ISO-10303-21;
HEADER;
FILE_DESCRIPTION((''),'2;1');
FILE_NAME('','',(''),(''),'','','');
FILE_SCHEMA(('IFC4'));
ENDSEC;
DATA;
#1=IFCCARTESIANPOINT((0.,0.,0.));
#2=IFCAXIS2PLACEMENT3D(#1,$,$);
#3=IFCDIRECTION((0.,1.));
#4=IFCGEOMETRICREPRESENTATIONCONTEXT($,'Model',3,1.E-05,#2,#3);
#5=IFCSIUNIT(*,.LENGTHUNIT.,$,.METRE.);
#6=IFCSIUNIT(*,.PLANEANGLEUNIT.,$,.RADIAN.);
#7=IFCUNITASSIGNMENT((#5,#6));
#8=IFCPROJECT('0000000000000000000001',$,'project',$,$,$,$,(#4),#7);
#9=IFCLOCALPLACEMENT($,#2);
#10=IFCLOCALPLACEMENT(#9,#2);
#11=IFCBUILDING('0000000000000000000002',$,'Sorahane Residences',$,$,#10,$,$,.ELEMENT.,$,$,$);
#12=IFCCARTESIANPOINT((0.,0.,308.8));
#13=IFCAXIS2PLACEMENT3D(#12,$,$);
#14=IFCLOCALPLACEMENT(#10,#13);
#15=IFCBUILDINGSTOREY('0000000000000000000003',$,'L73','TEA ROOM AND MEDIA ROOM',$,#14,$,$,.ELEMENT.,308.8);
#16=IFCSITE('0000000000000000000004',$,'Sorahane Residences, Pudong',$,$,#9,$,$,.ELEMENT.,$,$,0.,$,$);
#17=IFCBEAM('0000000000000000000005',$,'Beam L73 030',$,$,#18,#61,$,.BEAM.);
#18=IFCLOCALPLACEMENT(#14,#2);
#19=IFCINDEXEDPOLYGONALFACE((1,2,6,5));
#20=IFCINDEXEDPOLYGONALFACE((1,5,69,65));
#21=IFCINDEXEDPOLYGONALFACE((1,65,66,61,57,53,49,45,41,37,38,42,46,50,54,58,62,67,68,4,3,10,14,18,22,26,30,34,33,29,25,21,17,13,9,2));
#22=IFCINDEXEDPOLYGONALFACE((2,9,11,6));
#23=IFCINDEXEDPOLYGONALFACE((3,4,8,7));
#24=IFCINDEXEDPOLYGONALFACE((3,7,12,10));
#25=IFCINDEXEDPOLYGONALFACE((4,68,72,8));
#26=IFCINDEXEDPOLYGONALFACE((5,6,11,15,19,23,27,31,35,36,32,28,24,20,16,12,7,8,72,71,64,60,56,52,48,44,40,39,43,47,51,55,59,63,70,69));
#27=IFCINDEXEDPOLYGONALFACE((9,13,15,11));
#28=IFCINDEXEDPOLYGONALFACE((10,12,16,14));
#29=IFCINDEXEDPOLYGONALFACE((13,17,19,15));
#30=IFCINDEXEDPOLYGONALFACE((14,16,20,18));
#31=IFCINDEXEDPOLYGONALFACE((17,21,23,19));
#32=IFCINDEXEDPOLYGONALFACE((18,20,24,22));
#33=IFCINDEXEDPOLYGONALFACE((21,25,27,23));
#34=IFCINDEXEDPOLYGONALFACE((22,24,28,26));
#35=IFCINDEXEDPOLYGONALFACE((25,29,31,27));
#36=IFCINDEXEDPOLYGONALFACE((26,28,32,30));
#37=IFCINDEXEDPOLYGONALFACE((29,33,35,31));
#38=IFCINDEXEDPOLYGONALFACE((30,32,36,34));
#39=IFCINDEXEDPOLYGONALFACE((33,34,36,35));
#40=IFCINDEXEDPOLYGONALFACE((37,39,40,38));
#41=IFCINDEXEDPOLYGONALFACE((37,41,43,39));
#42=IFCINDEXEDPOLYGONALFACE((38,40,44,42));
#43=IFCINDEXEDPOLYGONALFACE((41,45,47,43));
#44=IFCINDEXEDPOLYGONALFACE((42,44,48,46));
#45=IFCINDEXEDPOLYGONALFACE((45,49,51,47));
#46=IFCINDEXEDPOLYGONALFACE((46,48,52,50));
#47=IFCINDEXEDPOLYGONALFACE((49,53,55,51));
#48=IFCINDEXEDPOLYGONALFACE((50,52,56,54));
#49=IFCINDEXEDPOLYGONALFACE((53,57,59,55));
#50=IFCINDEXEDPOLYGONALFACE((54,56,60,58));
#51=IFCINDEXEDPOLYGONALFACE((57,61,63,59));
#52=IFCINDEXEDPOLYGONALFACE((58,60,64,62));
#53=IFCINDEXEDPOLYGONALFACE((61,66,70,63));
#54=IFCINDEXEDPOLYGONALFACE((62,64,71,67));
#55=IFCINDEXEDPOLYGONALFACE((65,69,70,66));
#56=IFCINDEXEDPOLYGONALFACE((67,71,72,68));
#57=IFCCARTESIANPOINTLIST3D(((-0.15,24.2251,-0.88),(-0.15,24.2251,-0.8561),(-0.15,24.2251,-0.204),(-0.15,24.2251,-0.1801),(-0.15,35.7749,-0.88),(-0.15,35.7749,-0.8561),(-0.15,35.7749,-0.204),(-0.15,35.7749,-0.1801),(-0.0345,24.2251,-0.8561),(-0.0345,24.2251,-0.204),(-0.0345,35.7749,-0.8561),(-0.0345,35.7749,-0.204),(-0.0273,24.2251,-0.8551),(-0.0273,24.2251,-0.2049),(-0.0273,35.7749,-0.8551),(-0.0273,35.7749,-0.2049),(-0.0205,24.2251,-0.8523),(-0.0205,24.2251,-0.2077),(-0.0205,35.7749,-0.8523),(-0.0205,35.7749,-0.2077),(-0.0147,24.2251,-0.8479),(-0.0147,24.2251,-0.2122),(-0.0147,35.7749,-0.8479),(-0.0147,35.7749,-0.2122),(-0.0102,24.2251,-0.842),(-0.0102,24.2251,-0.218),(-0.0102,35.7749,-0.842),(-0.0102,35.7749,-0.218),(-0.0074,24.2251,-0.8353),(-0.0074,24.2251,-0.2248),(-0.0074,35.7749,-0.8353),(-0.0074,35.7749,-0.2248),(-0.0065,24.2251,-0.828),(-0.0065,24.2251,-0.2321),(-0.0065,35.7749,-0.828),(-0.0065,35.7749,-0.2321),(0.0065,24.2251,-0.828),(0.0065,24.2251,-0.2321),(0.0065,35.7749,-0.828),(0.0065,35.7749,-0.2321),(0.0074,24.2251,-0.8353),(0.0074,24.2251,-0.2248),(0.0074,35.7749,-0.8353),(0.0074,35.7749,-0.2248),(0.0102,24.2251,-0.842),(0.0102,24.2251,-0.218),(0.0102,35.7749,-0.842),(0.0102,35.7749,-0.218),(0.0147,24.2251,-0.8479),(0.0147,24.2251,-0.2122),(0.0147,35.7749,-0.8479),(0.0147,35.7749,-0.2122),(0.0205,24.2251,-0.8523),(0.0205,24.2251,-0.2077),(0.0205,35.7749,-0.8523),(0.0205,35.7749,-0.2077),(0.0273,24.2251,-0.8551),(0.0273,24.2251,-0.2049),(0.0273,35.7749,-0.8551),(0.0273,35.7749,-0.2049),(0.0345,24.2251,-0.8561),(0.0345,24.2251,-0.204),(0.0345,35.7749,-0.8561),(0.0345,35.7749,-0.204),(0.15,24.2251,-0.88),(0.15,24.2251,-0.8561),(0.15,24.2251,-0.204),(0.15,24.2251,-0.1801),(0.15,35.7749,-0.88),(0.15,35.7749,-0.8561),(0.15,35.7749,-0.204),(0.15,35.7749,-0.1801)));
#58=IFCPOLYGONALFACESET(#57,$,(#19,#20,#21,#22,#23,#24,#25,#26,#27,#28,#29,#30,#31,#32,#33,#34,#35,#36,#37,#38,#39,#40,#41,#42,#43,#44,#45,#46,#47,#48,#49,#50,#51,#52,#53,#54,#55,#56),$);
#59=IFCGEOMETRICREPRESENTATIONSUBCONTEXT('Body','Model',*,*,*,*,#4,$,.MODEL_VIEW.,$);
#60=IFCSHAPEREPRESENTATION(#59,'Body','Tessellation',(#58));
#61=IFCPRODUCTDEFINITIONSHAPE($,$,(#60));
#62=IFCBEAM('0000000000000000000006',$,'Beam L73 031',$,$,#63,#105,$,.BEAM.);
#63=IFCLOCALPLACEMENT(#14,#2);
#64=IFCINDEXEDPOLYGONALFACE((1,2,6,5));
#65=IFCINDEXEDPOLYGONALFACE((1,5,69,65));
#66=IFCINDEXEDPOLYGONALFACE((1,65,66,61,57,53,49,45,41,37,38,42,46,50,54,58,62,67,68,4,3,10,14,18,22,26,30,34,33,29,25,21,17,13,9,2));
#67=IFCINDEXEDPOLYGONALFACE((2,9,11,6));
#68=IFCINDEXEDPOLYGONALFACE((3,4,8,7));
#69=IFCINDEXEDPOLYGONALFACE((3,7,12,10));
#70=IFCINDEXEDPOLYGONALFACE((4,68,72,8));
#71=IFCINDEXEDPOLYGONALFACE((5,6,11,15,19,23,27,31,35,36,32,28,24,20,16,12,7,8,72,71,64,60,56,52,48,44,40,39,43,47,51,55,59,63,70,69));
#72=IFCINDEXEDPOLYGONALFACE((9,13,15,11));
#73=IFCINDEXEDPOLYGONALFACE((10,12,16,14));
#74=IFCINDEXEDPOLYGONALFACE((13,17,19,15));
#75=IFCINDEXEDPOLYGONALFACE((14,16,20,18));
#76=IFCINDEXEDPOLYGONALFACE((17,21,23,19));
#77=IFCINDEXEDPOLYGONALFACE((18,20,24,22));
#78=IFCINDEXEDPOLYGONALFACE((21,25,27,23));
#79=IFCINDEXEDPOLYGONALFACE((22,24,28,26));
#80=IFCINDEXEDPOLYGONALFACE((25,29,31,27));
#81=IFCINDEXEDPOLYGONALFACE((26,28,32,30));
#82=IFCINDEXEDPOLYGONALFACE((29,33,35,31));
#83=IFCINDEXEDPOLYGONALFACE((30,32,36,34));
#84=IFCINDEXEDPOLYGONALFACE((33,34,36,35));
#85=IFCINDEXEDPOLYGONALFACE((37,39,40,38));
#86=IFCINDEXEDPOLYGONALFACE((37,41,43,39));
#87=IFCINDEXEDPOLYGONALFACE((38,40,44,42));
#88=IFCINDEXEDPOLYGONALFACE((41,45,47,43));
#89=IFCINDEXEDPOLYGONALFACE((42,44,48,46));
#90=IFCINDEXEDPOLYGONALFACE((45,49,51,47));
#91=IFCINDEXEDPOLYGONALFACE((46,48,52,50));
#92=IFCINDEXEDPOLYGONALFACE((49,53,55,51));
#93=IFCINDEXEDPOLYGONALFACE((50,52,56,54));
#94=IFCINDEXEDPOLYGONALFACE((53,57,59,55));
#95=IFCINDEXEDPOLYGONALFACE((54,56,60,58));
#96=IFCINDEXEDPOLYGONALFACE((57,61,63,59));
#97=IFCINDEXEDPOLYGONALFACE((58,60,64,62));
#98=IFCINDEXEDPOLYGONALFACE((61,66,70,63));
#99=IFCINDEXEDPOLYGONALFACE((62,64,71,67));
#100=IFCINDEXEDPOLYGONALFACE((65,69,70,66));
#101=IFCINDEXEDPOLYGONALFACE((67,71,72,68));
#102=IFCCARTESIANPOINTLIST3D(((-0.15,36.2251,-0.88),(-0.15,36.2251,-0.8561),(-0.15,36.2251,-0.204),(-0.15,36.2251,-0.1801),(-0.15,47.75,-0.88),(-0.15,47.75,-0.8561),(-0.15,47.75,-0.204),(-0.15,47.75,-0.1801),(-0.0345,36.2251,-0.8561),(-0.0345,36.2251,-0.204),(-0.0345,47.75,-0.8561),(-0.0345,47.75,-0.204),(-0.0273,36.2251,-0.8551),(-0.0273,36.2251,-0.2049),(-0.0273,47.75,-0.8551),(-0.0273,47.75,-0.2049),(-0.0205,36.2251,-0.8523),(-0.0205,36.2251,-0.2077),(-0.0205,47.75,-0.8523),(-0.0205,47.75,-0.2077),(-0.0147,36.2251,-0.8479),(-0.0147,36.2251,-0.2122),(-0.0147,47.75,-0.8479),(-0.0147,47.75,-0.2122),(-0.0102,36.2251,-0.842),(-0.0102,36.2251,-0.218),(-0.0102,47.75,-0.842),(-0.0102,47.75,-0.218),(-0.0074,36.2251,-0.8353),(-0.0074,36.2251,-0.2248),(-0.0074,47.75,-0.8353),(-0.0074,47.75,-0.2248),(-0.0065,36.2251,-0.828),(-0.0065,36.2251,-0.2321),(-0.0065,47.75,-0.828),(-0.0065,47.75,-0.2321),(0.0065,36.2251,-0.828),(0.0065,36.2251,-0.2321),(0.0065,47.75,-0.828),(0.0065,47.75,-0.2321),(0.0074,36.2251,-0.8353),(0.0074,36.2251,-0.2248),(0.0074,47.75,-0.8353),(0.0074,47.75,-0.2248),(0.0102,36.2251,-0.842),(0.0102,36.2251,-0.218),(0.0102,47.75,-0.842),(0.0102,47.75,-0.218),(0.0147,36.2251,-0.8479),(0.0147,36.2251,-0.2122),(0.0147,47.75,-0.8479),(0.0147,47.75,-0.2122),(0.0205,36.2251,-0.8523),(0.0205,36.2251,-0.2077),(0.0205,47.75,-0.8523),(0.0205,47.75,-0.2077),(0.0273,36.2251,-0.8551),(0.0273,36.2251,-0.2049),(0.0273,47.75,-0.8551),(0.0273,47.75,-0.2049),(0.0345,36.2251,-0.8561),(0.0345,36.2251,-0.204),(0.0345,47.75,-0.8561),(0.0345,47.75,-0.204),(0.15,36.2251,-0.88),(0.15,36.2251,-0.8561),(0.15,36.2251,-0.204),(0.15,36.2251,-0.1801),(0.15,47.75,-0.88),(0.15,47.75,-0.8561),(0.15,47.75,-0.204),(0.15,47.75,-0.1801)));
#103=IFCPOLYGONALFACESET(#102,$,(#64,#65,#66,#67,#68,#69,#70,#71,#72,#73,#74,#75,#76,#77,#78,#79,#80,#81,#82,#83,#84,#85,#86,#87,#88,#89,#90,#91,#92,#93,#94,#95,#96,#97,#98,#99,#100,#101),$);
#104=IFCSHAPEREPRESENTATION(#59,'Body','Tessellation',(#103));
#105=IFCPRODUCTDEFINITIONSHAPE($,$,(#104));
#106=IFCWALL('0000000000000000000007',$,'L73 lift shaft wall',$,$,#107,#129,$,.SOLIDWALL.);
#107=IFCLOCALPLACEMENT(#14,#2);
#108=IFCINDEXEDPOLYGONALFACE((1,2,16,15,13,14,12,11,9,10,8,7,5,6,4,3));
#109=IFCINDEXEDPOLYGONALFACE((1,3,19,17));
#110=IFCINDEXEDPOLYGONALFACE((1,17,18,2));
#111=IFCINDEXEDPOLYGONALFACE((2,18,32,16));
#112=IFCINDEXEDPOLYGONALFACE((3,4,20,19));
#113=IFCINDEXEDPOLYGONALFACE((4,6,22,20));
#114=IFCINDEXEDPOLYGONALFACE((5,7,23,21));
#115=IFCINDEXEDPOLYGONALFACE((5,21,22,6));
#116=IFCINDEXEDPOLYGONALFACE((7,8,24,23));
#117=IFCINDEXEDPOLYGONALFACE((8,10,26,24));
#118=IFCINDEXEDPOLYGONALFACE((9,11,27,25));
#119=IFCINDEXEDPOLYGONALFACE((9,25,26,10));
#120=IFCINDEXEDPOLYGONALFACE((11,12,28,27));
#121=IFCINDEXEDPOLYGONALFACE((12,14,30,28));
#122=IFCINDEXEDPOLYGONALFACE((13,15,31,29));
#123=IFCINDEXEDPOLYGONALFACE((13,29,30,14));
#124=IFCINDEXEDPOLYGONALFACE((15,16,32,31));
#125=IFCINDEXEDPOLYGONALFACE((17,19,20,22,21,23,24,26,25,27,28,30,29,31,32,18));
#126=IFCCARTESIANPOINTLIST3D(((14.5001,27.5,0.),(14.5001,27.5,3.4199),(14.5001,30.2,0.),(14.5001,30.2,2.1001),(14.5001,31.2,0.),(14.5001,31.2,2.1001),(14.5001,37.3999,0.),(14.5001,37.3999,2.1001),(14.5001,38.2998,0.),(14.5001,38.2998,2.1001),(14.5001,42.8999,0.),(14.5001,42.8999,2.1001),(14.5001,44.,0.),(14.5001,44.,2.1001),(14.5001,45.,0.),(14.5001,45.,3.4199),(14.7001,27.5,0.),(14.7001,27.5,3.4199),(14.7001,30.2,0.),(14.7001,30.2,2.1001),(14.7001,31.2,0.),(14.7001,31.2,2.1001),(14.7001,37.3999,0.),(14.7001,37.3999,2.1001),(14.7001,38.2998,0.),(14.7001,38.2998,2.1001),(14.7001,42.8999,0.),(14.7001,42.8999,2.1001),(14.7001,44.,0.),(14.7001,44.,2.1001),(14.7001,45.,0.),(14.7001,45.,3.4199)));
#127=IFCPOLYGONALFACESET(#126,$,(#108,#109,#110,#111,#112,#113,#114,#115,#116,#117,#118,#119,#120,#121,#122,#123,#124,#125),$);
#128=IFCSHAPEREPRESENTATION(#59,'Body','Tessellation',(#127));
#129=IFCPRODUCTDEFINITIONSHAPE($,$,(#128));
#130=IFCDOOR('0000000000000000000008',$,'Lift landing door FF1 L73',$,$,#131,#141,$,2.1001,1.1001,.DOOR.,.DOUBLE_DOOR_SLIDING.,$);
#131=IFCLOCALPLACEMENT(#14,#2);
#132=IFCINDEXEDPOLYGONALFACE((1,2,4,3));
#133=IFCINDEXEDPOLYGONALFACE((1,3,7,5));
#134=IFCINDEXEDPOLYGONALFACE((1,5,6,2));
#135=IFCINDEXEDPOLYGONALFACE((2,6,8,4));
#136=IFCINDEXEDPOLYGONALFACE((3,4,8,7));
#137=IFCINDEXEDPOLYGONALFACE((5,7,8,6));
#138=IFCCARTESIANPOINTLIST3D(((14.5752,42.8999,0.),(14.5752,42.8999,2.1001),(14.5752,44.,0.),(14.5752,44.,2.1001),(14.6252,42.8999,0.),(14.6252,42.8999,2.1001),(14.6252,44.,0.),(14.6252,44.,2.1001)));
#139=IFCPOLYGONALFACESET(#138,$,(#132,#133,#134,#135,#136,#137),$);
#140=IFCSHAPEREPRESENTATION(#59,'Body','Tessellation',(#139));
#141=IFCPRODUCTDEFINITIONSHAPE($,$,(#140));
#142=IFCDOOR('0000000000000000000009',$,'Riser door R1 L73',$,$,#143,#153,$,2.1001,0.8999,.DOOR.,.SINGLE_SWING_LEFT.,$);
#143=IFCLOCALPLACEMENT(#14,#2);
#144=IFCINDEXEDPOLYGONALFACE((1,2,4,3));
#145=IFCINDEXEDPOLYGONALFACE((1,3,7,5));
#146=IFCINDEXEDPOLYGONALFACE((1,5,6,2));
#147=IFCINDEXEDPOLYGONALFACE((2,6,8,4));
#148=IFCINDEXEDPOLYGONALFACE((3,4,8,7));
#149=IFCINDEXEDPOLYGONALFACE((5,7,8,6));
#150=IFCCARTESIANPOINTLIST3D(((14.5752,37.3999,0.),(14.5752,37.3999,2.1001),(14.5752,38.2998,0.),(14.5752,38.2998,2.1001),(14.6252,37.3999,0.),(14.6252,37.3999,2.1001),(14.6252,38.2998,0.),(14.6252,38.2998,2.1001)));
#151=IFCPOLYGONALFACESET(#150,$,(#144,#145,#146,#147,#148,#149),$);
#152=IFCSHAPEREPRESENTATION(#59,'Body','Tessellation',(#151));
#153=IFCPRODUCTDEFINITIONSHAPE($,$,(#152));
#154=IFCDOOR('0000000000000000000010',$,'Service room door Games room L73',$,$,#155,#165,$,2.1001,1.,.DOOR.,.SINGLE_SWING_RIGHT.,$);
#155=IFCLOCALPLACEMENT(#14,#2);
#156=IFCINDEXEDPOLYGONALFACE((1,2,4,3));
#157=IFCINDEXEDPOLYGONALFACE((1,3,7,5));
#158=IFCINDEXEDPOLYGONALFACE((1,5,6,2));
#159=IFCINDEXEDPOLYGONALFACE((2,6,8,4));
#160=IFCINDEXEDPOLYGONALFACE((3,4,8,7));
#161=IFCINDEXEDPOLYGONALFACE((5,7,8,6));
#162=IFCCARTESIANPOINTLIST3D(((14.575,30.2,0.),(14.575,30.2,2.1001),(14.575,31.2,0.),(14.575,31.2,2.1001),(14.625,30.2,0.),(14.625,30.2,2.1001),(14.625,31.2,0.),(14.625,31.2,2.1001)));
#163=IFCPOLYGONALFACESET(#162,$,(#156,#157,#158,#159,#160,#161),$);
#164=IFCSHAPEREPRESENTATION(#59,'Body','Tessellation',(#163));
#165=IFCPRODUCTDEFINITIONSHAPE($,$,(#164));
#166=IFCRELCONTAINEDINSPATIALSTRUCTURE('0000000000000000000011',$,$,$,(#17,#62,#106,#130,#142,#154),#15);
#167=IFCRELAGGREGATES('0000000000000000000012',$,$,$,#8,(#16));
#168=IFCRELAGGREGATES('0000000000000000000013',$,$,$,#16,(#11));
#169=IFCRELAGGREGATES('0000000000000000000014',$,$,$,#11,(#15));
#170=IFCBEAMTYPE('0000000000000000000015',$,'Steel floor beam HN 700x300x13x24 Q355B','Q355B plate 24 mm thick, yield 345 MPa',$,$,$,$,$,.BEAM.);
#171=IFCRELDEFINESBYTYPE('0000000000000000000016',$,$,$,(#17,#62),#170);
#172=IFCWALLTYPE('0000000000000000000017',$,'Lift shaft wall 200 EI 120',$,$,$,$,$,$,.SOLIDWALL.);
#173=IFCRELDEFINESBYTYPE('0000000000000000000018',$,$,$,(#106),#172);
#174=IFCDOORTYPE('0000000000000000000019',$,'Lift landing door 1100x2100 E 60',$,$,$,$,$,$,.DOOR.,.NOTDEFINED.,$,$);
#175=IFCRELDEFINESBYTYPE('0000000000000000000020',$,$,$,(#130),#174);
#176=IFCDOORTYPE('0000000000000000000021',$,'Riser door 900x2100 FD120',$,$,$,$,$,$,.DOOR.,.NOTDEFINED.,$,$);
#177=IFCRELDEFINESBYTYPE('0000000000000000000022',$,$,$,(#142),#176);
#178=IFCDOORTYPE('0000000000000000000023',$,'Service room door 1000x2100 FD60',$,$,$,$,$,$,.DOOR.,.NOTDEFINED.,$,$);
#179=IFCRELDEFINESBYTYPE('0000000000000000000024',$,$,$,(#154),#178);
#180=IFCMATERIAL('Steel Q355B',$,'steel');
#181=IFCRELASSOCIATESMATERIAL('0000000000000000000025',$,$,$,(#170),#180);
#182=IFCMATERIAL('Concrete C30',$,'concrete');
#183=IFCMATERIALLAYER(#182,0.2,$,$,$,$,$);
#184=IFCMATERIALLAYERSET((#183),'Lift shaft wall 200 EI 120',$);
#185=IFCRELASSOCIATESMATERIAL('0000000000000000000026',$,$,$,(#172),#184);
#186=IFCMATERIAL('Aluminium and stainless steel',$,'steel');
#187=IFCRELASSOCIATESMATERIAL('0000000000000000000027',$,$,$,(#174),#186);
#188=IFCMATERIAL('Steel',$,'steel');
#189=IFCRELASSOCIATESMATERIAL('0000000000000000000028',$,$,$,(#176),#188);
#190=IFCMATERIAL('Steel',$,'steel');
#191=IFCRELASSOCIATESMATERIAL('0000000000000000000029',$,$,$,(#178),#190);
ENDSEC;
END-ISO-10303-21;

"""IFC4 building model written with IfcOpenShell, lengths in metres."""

from ifc_helpers import new_model, si_unit, direction, frame, frame_2d, origin, origin_2d, place, context, subcontext, project, spatial, rectangle, i_section, extrude, material, layer, layer_set, material_profile, profile_set, type_object, element, fill, save


model = new_model("IFC4")

# Units and contexts
model_context = context("Model", 3, precision=1e-05, world=origin(), true_north=direction((0.0, 1.0)))
body_context = subcontext(model_context, "Body", "Model", "MODEL_VIEW")
ifc_project = project(units=[si_unit("LENGTHUNIT", "METRE"), si_unit("PLANEANGLEUNIT", "RADIAN")], contexts=[model_context])

# Site, building, storey
site_placement = place(None, origin())
site = spatial("IfcSite", under=ifc_project, at=site_placement, Name="Sorahane Residences, Pudong", CompositionType="ELEMENT", RefElevation=0.0)
building_placement = place(site_placement, origin())
building = spatial("IfcBuilding", under=site, at=building_placement, Name="Sorahane Residences", CompositionType="ELEMENT")
storey_placement = place(building_placement, frame((0.0, 0.0, 308.8)))
storey = spatial("IfcBuildingStorey", under=building, at=storey_placement, Name="L73", Description="TEA ROOM AND MEDIA ROOM", CompositionType="ELEMENT", Elevation=308.8)

# Beams
ifc_material_1 = material(Name="Steel Q355B", Category="steel")
ifc_material_profile_1 = material_profile(ifc_material_1, i_section(OverallWidth=0.3, OverallDepth=0.7, WebThickness=0.0129, FlangeThickness=0.0239, FilletRadius=0.0281, at=origin_2d()), Name="HN 700x300x13x24")
ifc_profile_set_1 = profile_set([ifc_material_profile_1], Name="Steel Q355B")
beam_type_1 = type_object("IfcBeamType", Name="Steel floor beam HN 700x300x13x24 Q355B", Description="Q355B plate 24 mm thick, yield 345 MPa", PredefinedType="BEAM", material=ifc_profile_set_1)
beam_1_placement = place(storey_placement, frame((0.0, 24.2251, -0.53), z_axis=(0.0, 1.0, 0.0), x_axis=(-1.0, 0.0, 0.0)))
element("IfcBeam", 1, at=beam_1_placement, inside=storey, type_object=beam_type_1, Name="Beam L73 030", PredefinedType="BEAM", context=body_context, shape_type="SweptSolid", body=[
    extrude(i_section(OverallWidth=0.3, OverallDepth=0.7, WebThickness=0.0129, FlangeThickness=0.0239, FilletRadius=0.0281, at=origin_2d()), origin(), (0.0, 0.0, 1.0), 11.5498),
])
beam_2_placement = place(storey_placement, frame((0.0, 36.2251, -0.53), z_axis=(0.0, 1.0, 0.0), x_axis=(-1.0, 0.0, 0.0)))
element("IfcBeam", 2, at=beam_2_placement, inside=storey, type_object=beam_type_1, Name="Beam L73 031", PredefinedType="BEAM", context=body_context, shape_type="SweptSolid", body=[
    extrude(i_section(OverallWidth=0.3, OverallDepth=0.7, WebThickness=0.0129, FlangeThickness=0.0239, FilletRadius=0.0281, at=origin_2d()), origin(), (0.0, 0.0, 1.0), 11.5249),
])

# Wall, openings, doors
ifc_material_2 = material(Name="Concrete C30", Category="concrete")
ifc_layer_1 = layer(ifc_material_2, 0.2)
ifc_layer_set_1 = layer_set([ifc_layer_1], Name="Lift shaft wall 200 EI 120")
wall_type_1 = type_object("IfcWallType", Name="Lift shaft wall 200 EI 120", PredefinedType="SOLIDWALL", material=ifc_layer_set_1)
wall_1_placement = place(storey_placement, frame((14.6001, 27.5, 0.0), z_axis=(0.0, 0.0, 1.0), x_axis=(0.0, 1.0, 0.0)))
wall_1 = element("IfcWall", 3, at=wall_1_placement, inside=storey, type_object=wall_type_1, Name="L73 lift shaft wall", PredefinedType="SOLIDWALL", context=body_context, shape_type="SweptSolid", body=[
    extrude(rectangle(XDim=17.5, YDim=0.2, at=frame_2d((8.75, 0.0))), origin(), (0.0, 0.0, 1.0), 3.4199),
])
opening_1_placement = place(wall_1_placement, frame((15.3999, 0.0, 0.0)))
opening_1 = element("IfcOpeningElement", 4, at=opening_1_placement, cuts=wall_1, PredefinedType="OPENING", context=body_context, shape_type="SweptSolid", body=[
    extrude(rectangle(XDim=1.1001, YDim=2.1001, at=frame_2d((0.55, 1.05))), frame((0.0, 0.1099, 0.0), z_axis=(0.0, -1.0, 0.0), x_axis=(1.0, 0.0, 0.0)), (0.0, 0.0, 1.0), 0.22),
])
opening_2_placement = place(wall_1_placement, frame((2.7, 0.0, 0.0)))
opening_2 = element("IfcOpeningElement", 5, at=opening_2_placement, cuts=wall_1, PredefinedType="OPENING", context=body_context, shape_type="SweptSolid", body=[
    extrude(rectangle(XDim=1.0, YDim=2.1001, at=frame_2d((0.5, 1.05))), frame((0.0, 0.1099, 0.0), z_axis=(0.0, -1.0, 0.0), x_axis=(1.0, 0.0, 0.0)), (0.0, 0.0, 1.0), 0.22),
])
opening_3_placement = place(wall_1_placement, frame((9.8999, 0.0, 0.0)))
opening_3 = element("IfcOpeningElement", 6, at=opening_3_placement, cuts=wall_1, PredefinedType="OPENING", context=body_context, shape_type="SweptSolid", body=[
    extrude(rectangle(XDim=0.8999, YDim=2.1001, at=frame_2d((0.45, 1.05))), frame((0.0, 0.1099, 0.0), z_axis=(0.0, -1.0, 0.0), x_axis=(1.0, 0.0, 0.0)), (0.0, 0.0, 1.0), 0.22),
])
ifc_material_3 = material(Name="Aluminium and stainless steel", Category="steel")
door_type_1 = type_object("IfcDoorType", Name="Lift landing door 1100x2100 E 60", OperationType="NOTDEFINED", PredefinedType="DOOR", material=ifc_material_3)
door_1_placement = place(opening_1_placement, origin())
door_1 = element("IfcDoor", 7, at=door_1_placement, inside=storey, type_object=door_type_1, Name="Lift landing door FF1 L73", OperationType="DOUBLE_DOOR_SLIDING", OverallHeight=2.1001, OverallWidth=1.1001, PredefinedType="DOOR", context=body_context, shape_type="SweptSolid", body=[
    extrude(rectangle(XDim=1.1001, YDim=2.1001, at=frame_2d((0.55, 1.05))), frame((0.0, 0.0249, 0.0), z_axis=(0.0, -1.0, 0.0), x_axis=(1.0, 0.0, 0.0)), (0.0, 0.0, 1.0), 0.05),
])
fill(opening_1, door_1)
ifc_material_4 = material(Name="Steel", Category="steel")
door_type_2 = type_object("IfcDoorType", Name="Riser door 900x2100 FD120", OperationType="NOTDEFINED", PredefinedType="DOOR", material=ifc_material_4)
door_2_placement = place(opening_3_placement, origin())
door_2 = element("IfcDoor", 8, at=door_2_placement, inside=storey, type_object=door_type_2, Name="Riser door R1 L73", OperationType="SINGLE_SWING_LEFT", OverallHeight=2.1001, OverallWidth=0.8999, PredefinedType="DOOR", context=body_context, shape_type="SweptSolid", body=[
    extrude(rectangle(XDim=0.8999, YDim=2.1001, at=frame_2d((0.45, 1.05))), frame((0.0, 0.0249, 0.0), z_axis=(0.0, -1.0, 0.0), x_axis=(1.0, 0.0, 0.0)), (0.0, 0.0, 1.0), 0.05),
])
fill(opening_3, door_2)
ifc_material_5 = material(Name="Steel", Category="steel")
door_type_3 = type_object("IfcDoorType", Name="Service room door 1000x2100 FD60", OperationType="NOTDEFINED", PredefinedType="DOOR", material=ifc_material_5)
door_3_placement = place(opening_2_placement, frame((1.0, 0.0, 0.0), z_axis=(0.0, 0.0, 1.0), x_axis=(-1.0, 0.0, 0.0)))
door_3 = element("IfcDoor", 9, at=door_3_placement, inside=storey, type_object=door_type_3, Name="Service room door Games room L73", OperationType="SINGLE_SWING_RIGHT", OverallHeight=2.1001, OverallWidth=1.0, PredefinedType="DOOR", context=body_context, shape_type="SweptSolid", body=[
    extrude(rectangle(XDim=1.0, YDim=2.1001, at=frame_2d((0.5, 1.05))), frame((0.0, 0.0249, 0.0), z_axis=(0.0, -1.0, 0.0), x_axis=(1.0, 0.0, 0.0)), (0.0, 0.0, 1.0), 0.05),
])
fill(opening_2, door_3)

save(model, "model.ifc")
